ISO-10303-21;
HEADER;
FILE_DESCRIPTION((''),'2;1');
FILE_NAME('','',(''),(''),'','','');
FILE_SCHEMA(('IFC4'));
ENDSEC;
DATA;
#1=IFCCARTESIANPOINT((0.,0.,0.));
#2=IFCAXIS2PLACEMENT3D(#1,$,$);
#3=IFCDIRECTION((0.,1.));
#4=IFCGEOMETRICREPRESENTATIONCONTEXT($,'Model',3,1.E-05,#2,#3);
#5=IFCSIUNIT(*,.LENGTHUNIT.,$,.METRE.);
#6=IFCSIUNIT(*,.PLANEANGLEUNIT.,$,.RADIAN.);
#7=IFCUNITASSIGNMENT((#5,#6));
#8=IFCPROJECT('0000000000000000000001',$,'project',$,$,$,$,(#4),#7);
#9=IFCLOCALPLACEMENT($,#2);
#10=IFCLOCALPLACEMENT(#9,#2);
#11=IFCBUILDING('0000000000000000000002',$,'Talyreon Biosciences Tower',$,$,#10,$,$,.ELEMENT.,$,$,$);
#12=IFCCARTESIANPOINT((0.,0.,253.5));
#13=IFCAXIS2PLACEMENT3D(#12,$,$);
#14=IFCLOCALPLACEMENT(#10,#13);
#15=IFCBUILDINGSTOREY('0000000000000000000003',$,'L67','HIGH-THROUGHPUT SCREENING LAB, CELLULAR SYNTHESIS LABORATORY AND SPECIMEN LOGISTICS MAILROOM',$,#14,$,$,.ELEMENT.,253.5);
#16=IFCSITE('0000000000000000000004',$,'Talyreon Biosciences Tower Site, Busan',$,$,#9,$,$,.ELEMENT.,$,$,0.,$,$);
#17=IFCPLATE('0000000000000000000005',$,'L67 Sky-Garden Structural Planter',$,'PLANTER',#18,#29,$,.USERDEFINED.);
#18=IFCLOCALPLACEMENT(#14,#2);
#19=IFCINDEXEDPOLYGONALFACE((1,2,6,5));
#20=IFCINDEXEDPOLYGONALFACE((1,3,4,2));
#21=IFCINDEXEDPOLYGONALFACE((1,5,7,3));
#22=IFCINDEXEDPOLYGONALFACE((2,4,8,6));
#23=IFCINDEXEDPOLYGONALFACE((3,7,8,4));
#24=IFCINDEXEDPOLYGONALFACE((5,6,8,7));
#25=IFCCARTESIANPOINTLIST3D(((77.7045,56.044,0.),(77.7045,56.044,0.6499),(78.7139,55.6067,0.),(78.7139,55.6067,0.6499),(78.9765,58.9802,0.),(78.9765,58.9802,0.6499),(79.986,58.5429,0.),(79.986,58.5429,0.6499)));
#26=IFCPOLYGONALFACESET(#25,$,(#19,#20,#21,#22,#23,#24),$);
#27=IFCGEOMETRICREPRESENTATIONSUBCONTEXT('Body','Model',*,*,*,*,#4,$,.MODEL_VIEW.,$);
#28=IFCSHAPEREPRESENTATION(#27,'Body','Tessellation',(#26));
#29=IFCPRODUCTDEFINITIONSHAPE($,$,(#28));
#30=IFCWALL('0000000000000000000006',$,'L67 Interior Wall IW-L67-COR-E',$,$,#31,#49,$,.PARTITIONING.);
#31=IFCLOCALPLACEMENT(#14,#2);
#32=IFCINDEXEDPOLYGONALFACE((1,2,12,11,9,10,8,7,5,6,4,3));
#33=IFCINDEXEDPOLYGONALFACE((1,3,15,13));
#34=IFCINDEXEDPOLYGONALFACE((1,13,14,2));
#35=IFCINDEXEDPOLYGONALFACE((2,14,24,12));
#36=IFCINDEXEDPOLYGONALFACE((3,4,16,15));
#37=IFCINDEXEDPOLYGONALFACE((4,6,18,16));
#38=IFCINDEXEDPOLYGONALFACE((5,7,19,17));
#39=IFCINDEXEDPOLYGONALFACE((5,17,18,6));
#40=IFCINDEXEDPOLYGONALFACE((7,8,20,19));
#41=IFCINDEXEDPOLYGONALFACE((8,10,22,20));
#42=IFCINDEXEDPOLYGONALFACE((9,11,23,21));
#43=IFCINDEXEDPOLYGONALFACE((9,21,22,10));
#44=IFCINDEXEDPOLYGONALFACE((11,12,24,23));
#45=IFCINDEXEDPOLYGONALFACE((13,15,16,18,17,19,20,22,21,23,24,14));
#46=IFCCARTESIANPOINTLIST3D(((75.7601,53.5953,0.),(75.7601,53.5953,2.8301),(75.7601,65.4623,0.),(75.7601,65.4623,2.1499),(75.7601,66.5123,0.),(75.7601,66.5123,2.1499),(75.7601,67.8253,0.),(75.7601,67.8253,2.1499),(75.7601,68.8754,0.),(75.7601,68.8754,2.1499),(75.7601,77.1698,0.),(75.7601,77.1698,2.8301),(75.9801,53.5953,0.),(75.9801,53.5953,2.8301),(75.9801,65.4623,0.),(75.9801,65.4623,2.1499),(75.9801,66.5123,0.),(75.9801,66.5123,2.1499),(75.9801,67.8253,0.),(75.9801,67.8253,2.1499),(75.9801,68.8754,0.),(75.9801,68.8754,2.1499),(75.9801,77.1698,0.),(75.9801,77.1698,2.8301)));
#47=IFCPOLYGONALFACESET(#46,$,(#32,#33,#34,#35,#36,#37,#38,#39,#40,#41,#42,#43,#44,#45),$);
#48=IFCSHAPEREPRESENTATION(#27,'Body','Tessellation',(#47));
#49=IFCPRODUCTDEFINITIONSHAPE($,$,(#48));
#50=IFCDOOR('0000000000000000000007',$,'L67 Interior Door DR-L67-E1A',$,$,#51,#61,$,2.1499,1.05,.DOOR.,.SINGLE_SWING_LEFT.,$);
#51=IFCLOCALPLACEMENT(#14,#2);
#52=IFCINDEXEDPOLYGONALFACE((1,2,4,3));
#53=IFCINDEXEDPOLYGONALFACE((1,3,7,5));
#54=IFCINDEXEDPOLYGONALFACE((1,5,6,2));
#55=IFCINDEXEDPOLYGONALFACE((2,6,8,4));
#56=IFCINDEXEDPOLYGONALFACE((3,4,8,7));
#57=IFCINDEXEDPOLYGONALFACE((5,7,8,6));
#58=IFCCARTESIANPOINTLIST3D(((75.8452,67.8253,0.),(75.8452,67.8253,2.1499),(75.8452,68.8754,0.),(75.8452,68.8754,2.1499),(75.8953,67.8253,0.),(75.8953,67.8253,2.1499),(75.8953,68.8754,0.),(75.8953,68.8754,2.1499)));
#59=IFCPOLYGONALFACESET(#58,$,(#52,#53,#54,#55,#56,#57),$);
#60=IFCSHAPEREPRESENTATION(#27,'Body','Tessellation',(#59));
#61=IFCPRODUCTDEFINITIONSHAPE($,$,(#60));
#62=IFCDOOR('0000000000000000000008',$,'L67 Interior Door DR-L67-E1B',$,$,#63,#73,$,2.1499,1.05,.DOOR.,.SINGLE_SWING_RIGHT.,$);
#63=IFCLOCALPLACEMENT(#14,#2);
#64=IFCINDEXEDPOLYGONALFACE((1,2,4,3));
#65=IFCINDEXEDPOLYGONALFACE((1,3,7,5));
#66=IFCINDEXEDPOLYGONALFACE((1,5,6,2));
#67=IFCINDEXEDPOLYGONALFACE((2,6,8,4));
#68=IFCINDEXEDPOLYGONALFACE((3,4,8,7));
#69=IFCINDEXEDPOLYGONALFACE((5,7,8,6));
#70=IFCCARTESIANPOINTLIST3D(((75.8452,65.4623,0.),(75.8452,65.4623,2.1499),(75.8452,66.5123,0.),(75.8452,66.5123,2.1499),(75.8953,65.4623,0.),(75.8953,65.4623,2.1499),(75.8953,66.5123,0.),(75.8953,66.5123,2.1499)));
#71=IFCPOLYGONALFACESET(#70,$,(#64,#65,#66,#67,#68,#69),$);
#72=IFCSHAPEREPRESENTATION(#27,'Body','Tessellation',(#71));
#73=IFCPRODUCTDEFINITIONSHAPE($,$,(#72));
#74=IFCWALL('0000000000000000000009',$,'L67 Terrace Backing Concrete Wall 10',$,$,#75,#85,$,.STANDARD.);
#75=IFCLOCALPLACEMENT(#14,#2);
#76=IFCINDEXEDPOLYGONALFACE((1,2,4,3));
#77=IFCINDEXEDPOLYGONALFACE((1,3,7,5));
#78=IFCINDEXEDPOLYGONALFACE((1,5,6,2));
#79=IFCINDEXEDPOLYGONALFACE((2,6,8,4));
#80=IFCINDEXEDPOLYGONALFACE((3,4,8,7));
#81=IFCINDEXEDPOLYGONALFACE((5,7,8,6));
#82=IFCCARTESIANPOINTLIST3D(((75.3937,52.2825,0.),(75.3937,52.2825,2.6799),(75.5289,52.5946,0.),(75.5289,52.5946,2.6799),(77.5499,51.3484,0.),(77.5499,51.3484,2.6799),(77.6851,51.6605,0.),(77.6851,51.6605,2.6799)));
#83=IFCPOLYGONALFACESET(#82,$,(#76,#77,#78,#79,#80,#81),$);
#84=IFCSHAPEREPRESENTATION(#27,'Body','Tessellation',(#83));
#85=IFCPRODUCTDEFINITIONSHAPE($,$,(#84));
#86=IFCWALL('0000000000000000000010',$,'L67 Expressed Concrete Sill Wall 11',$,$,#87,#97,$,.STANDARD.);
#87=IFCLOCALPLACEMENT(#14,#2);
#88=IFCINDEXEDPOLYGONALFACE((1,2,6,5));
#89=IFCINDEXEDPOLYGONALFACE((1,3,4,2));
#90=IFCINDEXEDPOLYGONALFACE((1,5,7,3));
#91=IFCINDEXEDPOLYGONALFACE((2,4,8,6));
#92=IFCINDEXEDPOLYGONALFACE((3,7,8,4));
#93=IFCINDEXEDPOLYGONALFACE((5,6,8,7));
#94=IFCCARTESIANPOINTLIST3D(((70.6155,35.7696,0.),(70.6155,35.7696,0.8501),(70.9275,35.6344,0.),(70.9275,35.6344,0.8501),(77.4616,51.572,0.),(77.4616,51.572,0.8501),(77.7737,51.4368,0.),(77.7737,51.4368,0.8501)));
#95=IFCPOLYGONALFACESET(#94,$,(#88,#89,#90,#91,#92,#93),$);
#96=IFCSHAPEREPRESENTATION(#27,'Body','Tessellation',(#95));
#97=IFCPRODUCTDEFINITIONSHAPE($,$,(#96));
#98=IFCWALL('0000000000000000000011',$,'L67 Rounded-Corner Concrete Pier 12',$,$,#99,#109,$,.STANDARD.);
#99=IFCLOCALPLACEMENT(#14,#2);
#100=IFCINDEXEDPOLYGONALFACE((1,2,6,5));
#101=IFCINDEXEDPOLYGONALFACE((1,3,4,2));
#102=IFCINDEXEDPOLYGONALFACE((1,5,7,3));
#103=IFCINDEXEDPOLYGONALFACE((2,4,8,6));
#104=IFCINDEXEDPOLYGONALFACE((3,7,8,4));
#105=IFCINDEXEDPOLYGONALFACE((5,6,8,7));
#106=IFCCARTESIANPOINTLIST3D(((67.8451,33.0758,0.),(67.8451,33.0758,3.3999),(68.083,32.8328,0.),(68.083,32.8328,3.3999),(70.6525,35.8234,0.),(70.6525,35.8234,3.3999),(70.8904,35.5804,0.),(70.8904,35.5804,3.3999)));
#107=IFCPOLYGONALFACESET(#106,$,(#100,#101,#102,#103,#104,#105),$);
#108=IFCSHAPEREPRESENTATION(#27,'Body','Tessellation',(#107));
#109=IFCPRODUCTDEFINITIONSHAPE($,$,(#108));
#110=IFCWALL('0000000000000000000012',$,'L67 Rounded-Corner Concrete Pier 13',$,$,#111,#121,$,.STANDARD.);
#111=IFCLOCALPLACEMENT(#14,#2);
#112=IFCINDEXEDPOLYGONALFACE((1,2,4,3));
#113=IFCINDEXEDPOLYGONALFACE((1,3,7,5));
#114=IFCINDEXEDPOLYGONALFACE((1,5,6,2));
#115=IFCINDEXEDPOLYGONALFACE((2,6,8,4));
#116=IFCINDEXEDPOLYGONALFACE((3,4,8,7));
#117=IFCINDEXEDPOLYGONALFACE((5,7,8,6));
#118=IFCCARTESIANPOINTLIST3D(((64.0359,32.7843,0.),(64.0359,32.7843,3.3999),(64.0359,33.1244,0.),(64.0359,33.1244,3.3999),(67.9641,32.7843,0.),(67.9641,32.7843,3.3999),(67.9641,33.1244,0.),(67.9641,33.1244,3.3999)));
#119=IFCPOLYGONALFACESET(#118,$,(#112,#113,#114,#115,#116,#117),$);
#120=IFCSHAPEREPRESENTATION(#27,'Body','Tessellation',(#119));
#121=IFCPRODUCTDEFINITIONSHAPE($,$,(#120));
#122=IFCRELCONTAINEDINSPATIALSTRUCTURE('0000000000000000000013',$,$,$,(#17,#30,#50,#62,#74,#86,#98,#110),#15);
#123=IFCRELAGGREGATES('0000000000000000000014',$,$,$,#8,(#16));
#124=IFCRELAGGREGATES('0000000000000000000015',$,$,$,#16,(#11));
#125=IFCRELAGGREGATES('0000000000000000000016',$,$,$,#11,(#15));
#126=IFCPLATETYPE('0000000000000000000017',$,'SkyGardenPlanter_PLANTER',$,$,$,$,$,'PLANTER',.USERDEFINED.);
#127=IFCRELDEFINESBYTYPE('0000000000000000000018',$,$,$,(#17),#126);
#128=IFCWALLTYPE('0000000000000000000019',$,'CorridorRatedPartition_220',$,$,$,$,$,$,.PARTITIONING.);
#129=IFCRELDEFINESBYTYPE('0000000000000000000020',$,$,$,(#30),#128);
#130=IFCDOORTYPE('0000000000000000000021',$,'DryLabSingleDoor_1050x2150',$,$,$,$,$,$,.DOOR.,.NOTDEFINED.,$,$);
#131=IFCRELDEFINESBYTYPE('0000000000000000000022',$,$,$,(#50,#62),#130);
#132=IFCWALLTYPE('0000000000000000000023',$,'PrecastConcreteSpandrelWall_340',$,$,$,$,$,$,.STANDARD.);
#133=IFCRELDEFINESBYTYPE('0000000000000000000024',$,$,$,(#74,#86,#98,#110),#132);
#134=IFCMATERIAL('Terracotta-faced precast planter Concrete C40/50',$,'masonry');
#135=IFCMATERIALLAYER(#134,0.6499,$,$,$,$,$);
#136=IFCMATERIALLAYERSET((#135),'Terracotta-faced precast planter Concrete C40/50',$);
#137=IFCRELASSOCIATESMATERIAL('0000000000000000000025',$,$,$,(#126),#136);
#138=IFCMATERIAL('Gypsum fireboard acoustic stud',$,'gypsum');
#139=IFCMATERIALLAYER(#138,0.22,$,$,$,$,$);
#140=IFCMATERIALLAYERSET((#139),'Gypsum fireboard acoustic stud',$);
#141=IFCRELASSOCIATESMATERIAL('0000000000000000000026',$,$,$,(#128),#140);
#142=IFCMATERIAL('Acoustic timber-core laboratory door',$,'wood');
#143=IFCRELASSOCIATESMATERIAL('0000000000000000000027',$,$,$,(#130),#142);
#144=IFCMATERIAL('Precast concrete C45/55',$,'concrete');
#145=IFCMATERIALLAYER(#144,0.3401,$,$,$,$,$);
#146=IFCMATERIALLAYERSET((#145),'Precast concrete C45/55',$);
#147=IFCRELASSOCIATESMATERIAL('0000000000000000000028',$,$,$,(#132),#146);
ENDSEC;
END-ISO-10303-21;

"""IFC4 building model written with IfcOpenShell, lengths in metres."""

from ifc_helpers import new_model, si_unit, direction, frame, frame_2d, origin, origin_2d, place, context, subcontext, project, spatial, rectangle, extrude, material, layer, layer_set, type_object, element, fill, save


model = new_model("IFC4")

# Units and contexts
model_context = context("Model", 3, precision=1e-05, world=origin(), true_north=direction((0.0, 1.0)))
body_context = subcontext(model_context, "Body", "Model", "MODEL_VIEW")
ifc_project = project(units=[si_unit("LENGTHUNIT", "METRE"), si_unit("PLANEANGLEUNIT", "RADIAN")], contexts=[model_context])

# Site, building, storey
site_placement = place(None, origin())
site = spatial("IfcSite", under=ifc_project, at=site_placement, Name="Talyreon Biosciences Tower Site, Busan", CompositionType="ELEMENT", RefElevation=0.0)
building_placement = place(site_placement, origin())
building = spatial("IfcBuilding", under=site, at=building_placement, Name="Talyreon Biosciences Tower", CompositionType="ELEMENT")
storey_placement = place(building_placement, frame((0.0, 0.0, 253.5)))
storey = spatial("IfcBuildingStorey", under=building, at=storey_placement, Name="L67", Description="HIGH-THROUGHPUT SCREENING LAB, CELLULAR SYNTHESIS LABORATORY AND SPECIMEN LOGISTICS MAILROOM", CompositionType="ELEMENT", Elevation=253.5)

# Shared definitions
ifc_material_1 = material(Name="Precast concrete C45/55", Category="concrete")

# Plate
ifc_material_2 = material(Name="Terracotta-faced precast planter Concrete C40/50", Category="masonry")
ifc_layer_1 = layer(ifc_material_2, 0.6499)
ifc_layer_set_1 = layer_set([ifc_layer_1], Name="Terracotta-faced precast planter Concrete C40/50")
plate_type_1 = type_object("IfcPlateType", Name="SkyGardenPlanter_PLANTER", ElementType="PLANTER", PredefinedType="USERDEFINED", material=ifc_layer_set_1)
plate_1_placement = place(storey_placement, frame((78.8452, 57.2935, 0.0), z_axis=(0.0, 0.0, 1.0), x_axis=(0.397532, 0.917588, 0.0)))
element("IfcPlate", 1, at=plate_1_placement, inside=storey, type_object=plate_type_1, Name="L67 Sky-Garden Structural Planter", ObjectType="PLANTER", PredefinedType="USERDEFINED", context=body_context, shape_type="SweptSolid", body=[
    extrude(rectangle(XDim=3.2, YDim=1.1001, at=origin_2d()), origin(), (0.0, 0.0, 1.0), 0.6499),
])

# Wall, openings, doors
ifc_material_3 = material(Name="Gypsum fireboard acoustic stud", Category="gypsum")
ifc_layer_2 = layer(ifc_material_3, 0.22)
ifc_layer_set_2 = layer_set([ifc_layer_2], Name="Gypsum fireboard acoustic stud")
wall_type_1 = type_object("IfcWallType", Name="CorridorRatedPartition_220", PredefinedType="PARTITIONING", material=ifc_layer_set_2)
wall_1_placement = place(storey_placement, frame((75.8701, 53.5955, 0.0), z_axis=(0.0, 0.0, 1.0), x_axis=(0.0, 1.0, 0.0)))
wall_1 = element("IfcWall", 2, at=wall_1_placement, inside=storey, type_object=wall_type_1, Name="L67 Interior Wall IW-L67-COR-E", PredefinedType="PARTITIONING", context=body_context, shape_type="SweptSolid", body=[
    extrude(rectangle(XDim=23.5745, YDim=0.22, at=frame_2d((11.7871, 0.0))), origin(), (0.0, 0.0, 1.0), 2.8301),
])
opening_1_placement = place(wall_1_placement, frame((14.23, 0.0, 0.0)))
opening_1 = element("IfcOpeningElement", 3, at=opening_1_placement, cuts=wall_1, PredefinedType="OPENING", context=body_context, shape_type="SweptSolid", body=[
    extrude(rectangle(XDim=1.05, YDim=2.1499, at=frame_2d((0.5249, 1.075))), frame((0.0, 0.1199, 0.0), z_axis=(0.0, -1.0, 0.0), x_axis=(1.0, 0.0, 0.0)), (0.0, 0.0, 1.0), 0.24),
])
opening_2_placement = place(wall_1_placement, frame((11.8669, 0.0, 0.0)))
opening_2 = element("IfcOpeningElement", 4, at=opening_2_placement, cuts=wall_1, PredefinedType="OPENING", context=body_context, shape_type="SweptSolid", body=[
    extrude(rectangle(XDim=1.05, YDim=2.1499, at=frame_2d((0.5249, 1.075))), frame((0.0, 0.1199, 0.0), z_axis=(0.0, -1.0, 0.0), x_axis=(1.0, 0.0, 0.0)), (0.0, 0.0, 1.0), 0.24),
])
ifc_material_4 = material(Name="Acoustic timber-core laboratory door", Category="wood")
door_type = type_object("IfcDoorType", Name="DryLabSingleDoor_1050x2150", OperationType="NOTDEFINED", PredefinedType="DOOR", material=ifc_material_4)
door_1_placement = place(opening_1_placement, origin())
door_1 = element("IfcDoor", 5, at=door_1_placement, inside=storey, type_object=door_type, Name="L67 Interior Door DR-L67-E1A", OperationType="SINGLE_SWING_LEFT", OverallHeight=2.1499, OverallWidth=1.05, PredefinedType="DOOR", context=body_context, shape_type="SweptSolid", body=[
    extrude(rectangle(XDim=1.05, YDim=2.1499, at=frame_2d((0.5249, 1.075))), frame((0.0, 0.0249, 0.0), z_axis=(0.0, -1.0, 0.0), x_axis=(1.0, 0.0, 0.0)), (0.0, 0.0, 1.0), 0.05),
])
fill(opening_1, door_1)
door_2_placement = place(opening_2_placement, origin())
door_2 = element("IfcDoor", 6, at=door_2_placement, inside=storey, type_object=door_type, Name="L67 Interior Door DR-L67-E1B", OperationType="SINGLE_SWING_RIGHT", OverallHeight=2.1499, OverallWidth=1.05, PredefinedType="DOOR", context=body_context, shape_type="SweptSolid", body=[
    extrude(rectangle(XDim=1.05, YDim=2.1499, at=frame_2d((0.5249, 1.075))), frame((0.0, 0.0249, 0.0), z_axis=(0.0, -1.0, 0.0), x_axis=(1.0, 0.0, 0.0)), (0.0, 0.0, 1.0), 0.05),
])
fill(opening_2, door_2)

# Walls
ifc_layer_3 = layer(ifc_material_1, 0.3401)
ifc_layer_set_3 = layer_set([ifc_layer_3], Name="Precast concrete C45/55")
wall_type_2 = type_object("IfcWallType", Name="PrecastConcreteSpandrelWall_340", PredefinedType="STANDARD", material=ifc_layer_set_3)
wall_2_placement = place(storey_placement, frame((75.4614, 52.4385, 0.0), z_axis=(0.0, 0.0, 1.0), x_axis=(0.917601, -0.397502, 0.0)))
element("IfcWall", 7, at=wall_2_placement, inside=storey, type_object=wall_type_2, Name="L67 Terrace Backing Concrete Wall 10", PredefinedType="STANDARD", context=body_context, shape_type="SweptSolid", body=[
    extrude(rectangle(XDim=2.3499, YDim=0.3401, at=frame_2d((1.1748, 0.0))), origin(), (0.0, 0.0, 1.0), 2.6799),
])
wall_3_placement = place(storey_placement, frame((77.6177, 51.5044, 0.0), z_axis=(0.0, 0.0, 1.0), x_axis=(-0.397531, -0.917589, 0.0)))
element("IfcWall", 8, at=wall_3_placement, inside=storey, type_object=wall_type_2, Name="L67 Expressed Concrete Sill Wall 11", PredefinedType="STANDARD", context=body_context, shape_type="SweptSolid", body=[
    extrude(rectangle(XDim=17.2217, YDim=0.3401, at=frame_2d((8.6108, 0.0))), origin(), (0.0, 0.0, 1.0), 0.8501),
])
for number, where, z_axis, x_axis, name in (
    (9, (70.7715, 35.7019, 0.0), (0.0, 0.0, 1.0), (-0.714679, -0.699452, 0.0), "L67 Rounded-Corner Concrete Pier 12"),
    (10, (67.9641, 32.9543, 0.0), (0.0, 0.0, 1.0), (-1.0, 0.0, 0.0), "L67 Rounded-Corner Concrete Pier 13"),
):
    element("IfcWall", number, at=place(storey_placement, frame(where, z_axis=z_axis, x_axis=x_axis)), inside=storey, type_object=wall_type_2, Name=name, PredefinedType="STANDARD", context=body_context, shape_type="SweptSolid", body=[
        extrude(rectangle(XDim=3.9282, YDim=0.3401, at=frame_2d((1.9641, 0.0))), origin(), (0.0, 0.0, 1.0), 3.3999),
    ])

save(model, "model.ifc")
